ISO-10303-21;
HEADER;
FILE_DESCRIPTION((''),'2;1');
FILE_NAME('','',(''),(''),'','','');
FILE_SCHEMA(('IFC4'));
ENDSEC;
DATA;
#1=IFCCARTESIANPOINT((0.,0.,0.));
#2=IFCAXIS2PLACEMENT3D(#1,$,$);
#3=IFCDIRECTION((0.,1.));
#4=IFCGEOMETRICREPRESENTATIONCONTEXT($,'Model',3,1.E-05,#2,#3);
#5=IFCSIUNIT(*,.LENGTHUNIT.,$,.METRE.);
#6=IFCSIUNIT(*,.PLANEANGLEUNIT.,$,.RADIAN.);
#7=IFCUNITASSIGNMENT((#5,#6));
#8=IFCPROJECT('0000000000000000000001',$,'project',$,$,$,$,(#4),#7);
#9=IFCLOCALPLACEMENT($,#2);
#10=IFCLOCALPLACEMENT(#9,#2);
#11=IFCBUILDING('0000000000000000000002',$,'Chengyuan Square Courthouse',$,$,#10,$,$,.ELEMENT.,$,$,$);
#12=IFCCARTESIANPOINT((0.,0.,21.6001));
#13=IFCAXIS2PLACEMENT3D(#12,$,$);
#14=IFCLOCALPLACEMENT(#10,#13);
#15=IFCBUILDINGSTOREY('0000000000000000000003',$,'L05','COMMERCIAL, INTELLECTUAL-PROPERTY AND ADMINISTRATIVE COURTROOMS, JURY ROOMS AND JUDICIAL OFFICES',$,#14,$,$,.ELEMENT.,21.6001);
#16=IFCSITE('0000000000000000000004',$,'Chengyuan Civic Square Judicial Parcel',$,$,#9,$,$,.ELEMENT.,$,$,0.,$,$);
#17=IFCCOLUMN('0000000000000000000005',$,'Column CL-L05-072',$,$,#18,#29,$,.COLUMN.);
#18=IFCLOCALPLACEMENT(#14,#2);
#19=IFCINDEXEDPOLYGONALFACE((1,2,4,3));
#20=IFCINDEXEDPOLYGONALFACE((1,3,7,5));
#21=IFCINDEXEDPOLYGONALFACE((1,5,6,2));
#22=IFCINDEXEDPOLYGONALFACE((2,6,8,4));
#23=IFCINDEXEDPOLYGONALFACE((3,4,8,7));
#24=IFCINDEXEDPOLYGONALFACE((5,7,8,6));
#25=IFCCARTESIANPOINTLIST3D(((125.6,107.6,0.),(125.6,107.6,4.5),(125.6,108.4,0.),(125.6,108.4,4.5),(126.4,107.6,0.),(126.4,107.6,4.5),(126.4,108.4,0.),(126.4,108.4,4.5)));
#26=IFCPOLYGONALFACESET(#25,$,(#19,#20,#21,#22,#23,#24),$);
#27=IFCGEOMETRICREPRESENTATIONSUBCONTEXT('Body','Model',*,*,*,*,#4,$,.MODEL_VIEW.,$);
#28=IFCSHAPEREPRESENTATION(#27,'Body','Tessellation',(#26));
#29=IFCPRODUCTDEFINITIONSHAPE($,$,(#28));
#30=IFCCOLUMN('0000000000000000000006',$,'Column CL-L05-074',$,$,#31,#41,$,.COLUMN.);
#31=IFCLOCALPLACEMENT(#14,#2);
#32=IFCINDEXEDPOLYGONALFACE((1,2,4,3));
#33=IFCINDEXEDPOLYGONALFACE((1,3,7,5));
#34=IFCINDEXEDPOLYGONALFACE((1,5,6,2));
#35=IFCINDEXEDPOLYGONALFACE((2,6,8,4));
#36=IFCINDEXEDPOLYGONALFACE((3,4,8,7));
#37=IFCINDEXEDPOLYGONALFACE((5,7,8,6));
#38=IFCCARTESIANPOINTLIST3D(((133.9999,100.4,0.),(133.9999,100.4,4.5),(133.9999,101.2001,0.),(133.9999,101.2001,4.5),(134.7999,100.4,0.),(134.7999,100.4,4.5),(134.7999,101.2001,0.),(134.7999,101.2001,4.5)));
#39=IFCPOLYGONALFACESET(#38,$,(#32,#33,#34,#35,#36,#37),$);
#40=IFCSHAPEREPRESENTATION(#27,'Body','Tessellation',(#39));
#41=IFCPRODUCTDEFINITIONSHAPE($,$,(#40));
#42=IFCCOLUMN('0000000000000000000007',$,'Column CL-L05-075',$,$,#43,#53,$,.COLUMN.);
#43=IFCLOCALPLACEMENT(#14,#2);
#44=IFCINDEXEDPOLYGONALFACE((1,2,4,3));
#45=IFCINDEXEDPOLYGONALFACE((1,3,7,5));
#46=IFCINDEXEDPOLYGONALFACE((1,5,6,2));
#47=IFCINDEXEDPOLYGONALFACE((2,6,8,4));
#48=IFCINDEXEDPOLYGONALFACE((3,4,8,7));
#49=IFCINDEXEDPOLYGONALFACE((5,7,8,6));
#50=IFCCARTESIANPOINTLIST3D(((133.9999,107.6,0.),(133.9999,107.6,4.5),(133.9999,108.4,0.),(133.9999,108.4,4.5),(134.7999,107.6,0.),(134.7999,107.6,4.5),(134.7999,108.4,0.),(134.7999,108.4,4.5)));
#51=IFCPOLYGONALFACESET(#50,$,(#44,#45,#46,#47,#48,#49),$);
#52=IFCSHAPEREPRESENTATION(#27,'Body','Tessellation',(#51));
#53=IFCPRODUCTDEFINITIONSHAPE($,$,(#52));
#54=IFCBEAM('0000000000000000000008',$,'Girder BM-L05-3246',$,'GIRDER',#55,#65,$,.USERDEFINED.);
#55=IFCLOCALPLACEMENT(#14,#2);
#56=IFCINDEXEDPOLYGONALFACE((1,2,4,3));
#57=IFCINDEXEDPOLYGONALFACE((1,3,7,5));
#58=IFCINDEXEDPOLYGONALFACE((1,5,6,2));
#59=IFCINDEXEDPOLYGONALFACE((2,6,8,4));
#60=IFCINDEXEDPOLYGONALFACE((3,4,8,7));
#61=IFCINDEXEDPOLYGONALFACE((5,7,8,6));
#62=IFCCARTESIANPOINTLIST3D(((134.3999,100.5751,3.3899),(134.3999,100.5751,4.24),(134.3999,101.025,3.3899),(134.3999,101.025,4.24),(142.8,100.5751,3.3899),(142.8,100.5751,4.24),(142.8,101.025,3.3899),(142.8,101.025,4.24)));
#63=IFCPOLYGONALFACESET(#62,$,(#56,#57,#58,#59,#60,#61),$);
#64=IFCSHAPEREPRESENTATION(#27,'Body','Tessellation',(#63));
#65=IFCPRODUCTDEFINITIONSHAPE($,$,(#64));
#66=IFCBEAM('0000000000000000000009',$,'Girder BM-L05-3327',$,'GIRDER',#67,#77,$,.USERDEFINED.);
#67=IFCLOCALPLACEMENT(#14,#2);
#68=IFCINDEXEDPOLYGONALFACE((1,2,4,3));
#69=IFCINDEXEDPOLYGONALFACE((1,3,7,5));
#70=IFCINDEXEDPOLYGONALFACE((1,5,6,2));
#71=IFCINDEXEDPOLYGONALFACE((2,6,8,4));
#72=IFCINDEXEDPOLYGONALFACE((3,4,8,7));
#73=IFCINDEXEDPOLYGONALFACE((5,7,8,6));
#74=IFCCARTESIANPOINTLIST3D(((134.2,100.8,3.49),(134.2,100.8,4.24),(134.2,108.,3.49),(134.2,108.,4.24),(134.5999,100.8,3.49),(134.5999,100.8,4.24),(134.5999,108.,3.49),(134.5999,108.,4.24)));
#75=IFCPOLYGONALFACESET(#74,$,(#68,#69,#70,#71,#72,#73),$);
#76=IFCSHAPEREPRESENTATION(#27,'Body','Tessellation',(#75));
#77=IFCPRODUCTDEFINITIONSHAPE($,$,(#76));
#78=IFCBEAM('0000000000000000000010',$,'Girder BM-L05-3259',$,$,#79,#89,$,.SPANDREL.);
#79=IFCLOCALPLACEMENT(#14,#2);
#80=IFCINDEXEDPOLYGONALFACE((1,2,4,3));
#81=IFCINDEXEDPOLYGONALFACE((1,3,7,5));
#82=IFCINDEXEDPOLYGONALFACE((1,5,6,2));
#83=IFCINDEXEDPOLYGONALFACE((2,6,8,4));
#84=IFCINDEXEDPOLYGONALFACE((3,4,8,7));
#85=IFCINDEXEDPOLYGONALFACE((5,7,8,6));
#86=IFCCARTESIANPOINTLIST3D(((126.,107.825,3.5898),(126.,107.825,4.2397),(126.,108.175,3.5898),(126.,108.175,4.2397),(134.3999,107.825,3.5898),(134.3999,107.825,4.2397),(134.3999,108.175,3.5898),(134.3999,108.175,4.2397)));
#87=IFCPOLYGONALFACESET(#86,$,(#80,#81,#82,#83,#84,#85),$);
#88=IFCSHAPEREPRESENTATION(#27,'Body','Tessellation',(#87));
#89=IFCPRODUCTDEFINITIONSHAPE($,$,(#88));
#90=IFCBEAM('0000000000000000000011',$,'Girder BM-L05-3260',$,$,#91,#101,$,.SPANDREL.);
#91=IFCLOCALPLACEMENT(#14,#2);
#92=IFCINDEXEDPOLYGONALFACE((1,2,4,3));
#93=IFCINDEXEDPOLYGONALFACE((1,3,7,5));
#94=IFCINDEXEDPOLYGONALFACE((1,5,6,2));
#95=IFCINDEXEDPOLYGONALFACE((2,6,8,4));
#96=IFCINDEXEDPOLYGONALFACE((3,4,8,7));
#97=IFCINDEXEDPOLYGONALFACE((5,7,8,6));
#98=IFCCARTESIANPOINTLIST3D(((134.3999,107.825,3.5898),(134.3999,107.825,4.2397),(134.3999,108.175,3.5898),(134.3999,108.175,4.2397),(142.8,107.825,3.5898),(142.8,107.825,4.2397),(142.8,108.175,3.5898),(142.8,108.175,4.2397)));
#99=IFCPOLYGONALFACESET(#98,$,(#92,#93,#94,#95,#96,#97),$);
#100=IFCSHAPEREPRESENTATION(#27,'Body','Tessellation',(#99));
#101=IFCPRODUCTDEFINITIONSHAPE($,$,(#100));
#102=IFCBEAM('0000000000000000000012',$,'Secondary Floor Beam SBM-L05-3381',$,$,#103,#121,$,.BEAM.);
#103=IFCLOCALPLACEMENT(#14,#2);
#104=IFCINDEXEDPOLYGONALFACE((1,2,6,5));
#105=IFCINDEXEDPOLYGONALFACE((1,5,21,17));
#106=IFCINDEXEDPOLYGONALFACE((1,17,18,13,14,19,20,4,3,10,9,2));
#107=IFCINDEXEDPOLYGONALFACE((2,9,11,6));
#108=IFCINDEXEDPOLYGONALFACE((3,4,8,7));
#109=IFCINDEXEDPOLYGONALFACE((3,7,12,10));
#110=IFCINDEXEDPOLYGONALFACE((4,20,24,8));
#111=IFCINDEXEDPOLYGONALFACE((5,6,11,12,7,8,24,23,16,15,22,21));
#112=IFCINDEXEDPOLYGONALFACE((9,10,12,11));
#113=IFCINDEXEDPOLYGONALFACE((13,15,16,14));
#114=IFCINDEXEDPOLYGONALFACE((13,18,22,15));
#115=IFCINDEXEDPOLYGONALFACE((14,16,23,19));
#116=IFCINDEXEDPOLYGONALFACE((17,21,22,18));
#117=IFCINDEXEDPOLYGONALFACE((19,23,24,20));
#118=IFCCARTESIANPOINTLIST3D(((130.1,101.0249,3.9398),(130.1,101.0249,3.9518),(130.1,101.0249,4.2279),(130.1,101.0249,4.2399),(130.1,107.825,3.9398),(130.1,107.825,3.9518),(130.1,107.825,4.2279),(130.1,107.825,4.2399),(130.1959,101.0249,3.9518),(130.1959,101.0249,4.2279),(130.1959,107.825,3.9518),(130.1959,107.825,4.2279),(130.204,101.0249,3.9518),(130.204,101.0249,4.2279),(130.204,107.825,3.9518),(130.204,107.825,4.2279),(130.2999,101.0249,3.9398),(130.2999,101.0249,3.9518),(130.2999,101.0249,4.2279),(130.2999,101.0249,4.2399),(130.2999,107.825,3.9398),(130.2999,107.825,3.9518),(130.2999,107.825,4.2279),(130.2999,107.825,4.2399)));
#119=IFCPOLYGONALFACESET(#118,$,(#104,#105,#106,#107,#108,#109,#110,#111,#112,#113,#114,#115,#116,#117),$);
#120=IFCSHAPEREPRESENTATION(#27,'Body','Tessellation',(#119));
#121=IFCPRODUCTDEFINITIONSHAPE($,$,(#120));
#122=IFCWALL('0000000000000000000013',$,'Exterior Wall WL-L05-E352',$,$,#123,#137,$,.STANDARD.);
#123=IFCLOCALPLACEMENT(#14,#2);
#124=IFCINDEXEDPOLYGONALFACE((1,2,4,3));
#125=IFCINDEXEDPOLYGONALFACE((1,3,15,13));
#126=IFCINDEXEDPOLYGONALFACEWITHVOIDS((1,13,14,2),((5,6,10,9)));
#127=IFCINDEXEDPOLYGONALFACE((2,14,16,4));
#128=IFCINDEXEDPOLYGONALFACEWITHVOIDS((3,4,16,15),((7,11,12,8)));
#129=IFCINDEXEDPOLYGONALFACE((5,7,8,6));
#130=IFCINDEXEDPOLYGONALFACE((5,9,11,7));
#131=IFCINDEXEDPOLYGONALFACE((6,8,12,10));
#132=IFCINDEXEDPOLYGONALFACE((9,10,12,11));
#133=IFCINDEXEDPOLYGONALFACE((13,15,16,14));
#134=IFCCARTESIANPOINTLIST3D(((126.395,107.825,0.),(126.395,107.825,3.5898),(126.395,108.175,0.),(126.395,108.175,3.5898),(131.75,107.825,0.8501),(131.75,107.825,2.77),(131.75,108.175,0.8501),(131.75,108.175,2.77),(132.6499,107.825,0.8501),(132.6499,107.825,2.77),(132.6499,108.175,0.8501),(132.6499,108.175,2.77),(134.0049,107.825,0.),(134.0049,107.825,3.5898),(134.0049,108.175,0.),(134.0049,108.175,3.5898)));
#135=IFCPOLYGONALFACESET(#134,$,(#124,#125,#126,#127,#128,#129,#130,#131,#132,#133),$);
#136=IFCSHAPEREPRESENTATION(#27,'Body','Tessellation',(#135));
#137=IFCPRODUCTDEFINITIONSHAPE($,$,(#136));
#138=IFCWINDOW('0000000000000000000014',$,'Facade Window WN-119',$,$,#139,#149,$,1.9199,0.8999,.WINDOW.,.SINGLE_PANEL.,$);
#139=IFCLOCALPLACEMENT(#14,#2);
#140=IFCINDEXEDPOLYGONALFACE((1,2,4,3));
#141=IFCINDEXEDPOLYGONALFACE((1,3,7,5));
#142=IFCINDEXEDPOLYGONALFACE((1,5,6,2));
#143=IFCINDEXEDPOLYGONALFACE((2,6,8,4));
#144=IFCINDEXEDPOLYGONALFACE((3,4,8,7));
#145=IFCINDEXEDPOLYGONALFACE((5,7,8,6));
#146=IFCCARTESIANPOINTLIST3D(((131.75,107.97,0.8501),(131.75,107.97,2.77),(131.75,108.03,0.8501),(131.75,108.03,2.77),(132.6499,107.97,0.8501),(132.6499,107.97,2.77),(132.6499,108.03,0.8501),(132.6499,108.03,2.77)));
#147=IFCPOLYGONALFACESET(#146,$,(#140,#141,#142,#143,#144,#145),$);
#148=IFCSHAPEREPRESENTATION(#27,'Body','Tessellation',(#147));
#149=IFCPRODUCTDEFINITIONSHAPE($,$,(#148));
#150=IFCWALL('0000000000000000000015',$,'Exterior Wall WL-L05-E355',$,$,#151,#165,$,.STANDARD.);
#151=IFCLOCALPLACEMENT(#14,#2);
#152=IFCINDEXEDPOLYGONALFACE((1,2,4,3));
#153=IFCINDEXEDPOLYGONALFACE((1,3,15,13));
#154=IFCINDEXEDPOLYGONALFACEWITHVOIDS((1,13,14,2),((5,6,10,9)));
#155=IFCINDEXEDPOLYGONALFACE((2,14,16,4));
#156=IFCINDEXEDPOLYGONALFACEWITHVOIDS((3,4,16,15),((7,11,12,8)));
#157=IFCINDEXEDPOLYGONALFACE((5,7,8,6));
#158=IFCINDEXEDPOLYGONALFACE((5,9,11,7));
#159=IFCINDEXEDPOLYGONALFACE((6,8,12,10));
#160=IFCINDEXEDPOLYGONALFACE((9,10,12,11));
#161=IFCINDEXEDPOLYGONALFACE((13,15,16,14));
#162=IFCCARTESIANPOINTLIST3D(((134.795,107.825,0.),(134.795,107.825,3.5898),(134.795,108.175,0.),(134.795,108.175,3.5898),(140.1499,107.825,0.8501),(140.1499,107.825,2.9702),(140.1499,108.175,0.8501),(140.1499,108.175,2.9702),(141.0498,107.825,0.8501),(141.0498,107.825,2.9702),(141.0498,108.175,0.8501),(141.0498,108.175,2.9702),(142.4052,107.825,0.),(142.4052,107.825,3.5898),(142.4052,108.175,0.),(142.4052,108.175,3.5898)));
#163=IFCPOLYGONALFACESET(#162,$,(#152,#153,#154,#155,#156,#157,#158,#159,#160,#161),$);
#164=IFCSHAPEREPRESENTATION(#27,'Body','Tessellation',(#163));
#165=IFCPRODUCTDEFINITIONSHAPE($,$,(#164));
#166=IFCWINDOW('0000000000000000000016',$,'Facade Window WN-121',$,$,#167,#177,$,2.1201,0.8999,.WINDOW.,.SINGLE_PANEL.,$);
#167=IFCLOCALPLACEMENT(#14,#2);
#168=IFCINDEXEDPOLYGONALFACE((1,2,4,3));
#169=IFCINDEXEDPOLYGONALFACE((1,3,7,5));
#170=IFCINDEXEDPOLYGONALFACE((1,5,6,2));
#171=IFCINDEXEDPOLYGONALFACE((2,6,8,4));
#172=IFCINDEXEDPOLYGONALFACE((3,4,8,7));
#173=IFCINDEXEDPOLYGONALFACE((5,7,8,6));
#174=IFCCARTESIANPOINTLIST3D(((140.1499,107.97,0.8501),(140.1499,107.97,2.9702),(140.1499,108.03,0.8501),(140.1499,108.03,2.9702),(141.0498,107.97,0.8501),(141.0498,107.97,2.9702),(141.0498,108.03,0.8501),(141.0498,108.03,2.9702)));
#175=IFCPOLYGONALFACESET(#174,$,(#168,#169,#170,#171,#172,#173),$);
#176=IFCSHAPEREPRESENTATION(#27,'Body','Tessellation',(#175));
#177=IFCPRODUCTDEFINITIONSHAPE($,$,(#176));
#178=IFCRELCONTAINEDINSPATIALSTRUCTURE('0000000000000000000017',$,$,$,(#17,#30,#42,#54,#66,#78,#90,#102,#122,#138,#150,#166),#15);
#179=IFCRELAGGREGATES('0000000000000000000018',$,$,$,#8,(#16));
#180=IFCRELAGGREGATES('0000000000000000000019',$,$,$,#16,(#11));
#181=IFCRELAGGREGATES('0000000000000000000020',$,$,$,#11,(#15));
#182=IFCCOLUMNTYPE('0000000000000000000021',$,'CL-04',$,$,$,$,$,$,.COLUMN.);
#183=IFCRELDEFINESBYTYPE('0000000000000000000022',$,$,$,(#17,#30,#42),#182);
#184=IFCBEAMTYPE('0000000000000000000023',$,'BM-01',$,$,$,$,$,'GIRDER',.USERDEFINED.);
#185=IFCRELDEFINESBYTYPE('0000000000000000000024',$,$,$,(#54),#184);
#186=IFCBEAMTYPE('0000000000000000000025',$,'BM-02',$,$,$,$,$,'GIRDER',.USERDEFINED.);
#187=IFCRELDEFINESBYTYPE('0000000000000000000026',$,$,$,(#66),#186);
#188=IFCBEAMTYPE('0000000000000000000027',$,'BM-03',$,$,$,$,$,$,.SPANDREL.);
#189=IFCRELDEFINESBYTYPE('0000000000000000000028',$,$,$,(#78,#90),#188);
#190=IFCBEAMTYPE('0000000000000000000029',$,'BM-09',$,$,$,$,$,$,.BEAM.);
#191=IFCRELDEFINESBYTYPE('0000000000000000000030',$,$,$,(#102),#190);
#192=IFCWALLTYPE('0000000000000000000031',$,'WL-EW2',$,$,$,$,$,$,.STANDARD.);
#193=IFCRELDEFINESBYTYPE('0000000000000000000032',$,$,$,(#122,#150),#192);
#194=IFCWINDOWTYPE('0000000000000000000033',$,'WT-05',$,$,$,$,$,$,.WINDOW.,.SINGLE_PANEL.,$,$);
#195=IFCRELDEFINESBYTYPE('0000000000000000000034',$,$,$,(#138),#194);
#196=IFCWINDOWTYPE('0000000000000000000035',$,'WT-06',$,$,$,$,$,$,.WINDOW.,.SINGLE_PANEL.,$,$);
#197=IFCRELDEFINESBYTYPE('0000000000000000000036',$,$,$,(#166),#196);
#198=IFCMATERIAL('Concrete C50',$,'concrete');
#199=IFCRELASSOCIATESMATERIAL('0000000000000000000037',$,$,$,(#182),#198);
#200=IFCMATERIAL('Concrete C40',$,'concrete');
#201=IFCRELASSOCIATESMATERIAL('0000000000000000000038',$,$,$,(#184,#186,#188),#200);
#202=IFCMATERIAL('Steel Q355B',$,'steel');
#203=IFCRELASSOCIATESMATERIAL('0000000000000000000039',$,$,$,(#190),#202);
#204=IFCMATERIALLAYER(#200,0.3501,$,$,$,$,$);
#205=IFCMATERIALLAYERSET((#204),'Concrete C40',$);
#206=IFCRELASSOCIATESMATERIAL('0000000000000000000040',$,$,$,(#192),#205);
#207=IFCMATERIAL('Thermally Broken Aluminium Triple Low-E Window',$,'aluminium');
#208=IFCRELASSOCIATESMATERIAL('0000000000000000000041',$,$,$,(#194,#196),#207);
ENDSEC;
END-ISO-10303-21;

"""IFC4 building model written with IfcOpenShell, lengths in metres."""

from ifc_helpers import new_model, si_unit, direction, frame, frame_2d, origin, origin_2d, place, context, subcontext, project, spatial, rectangle, i_section, extrude, material, layer, layer_set, material_profile, profile_set, type_object, element, fill, save


model = new_model("IFC4")

# Units and contexts
model_context = context("Model", 3, precision=1e-05, world=origin(), true_north=direction((0.0, 1.0)))
body_context = subcontext(model_context, "Body", "Model", "MODEL_VIEW")
ifc_project = project(units=[si_unit("LENGTHUNIT", "METRE"), si_unit("PLANEANGLEUNIT", "RADIAN")], contexts=[model_context])

# Site, building, storey
site_placement = place(None, origin())
site = spatial("IfcSite", under=ifc_project, at=site_placement, Name="Chengyuan Civic Square Judicial Parcel", CompositionType="ELEMENT", RefElevation=0.0)
building_placement = place(site_placement, origin())
building = spatial("IfcBuilding", under=site, at=building_placement, Name="Chengyuan Square Courthouse", CompositionType="ELEMENT")
storey_placement = place(building_placement, frame((0.0, 0.0, 21.6001)))
storey = spatial("IfcBuildingStorey", under=building, at=storey_placement, Name="L05", Description="COMMERCIAL, INTELLECTUAL-PROPERTY AND ADMINISTRATIVE COURTROOMS, JURY ROOMS AND JUDICIAL OFFICES", CompositionType="ELEMENT", Elevation=21.6001)

# Columns
ifc_material_1 = material(Name="Concrete C50", Category="concrete")
ifc_material_profile_1 = material_profile(ifc_material_1, rectangle(XDim=0.8, YDim=0.8, at=origin_2d()), Name="RC-COL-800x800")
ifc_profile_set_1 = profile_set([ifc_material_profile_1], Name="Concrete C50")
column_type = type_object("IfcColumnType", Name="CL-04", PredefinedType="COLUMN", material=ifc_profile_set_1)
for number, where, z_axis, x_axis, name in (
    (1, (126.0, 108.0, 0.0), (0.0, 0.0, 1.0), (1.0, 0.0, 0.0), "Column CL-L05-072"),
    (2, (134.3999, 100.8, 0.0), (0.0, 0.0, 1.0), (1.0, 0.0, 0.0), "Column CL-L05-074"),
    (3, (134.3999, 108.0, 0.0), (0.0, 0.0, 1.0), (1.0, 0.0, 0.0), "Column CL-L05-075"),
):
    element("IfcColumn", number, at=place(storey_placement, frame(where, z_axis=z_axis, x_axis=x_axis)), inside=storey, type_object=column_type, Name=name, PredefinedType="COLUMN", context=body_context, shape_type="SweptSolid", body=[
        extrude(rectangle(XDim=0.8, YDim=0.8, at=origin_2d()), origin(), (0.0, 0.0, 1.0), 4.5),
    ])

# Beams
ifc_material_2 = material(Name="Concrete C40", Category="concrete")
ifc_material_profile_2 = material_profile(ifc_material_2, rectangle(XDim=0.45, YDim=0.8501, at=origin_2d()), Name="RC-BM-450x850")
ifc_profile_set_2 = profile_set([ifc_material_profile_2], Name="Concrete C40")
beam_type_1 = type_object("IfcBeamType", Name="BM-01", ElementType="GIRDER", PredefinedType="USERDEFINED", material=ifc_profile_set_2)
beam_1_placement = place(storey_placement, frame((134.3999, 100.8, 3.8149), z_axis=(1.0, 0.0, 0.0), x_axis=(0.0, 1.0, 0.0)))
element("IfcBeam", 4, at=beam_1_placement, inside=storey, type_object=beam_type_1, Name="Girder BM-L05-3246", ObjectType="GIRDER", PredefinedType="USERDEFINED", context=body_context, shape_type="SweptSolid", body=[
    extrude(rectangle(XDim=0.45, YDim=0.8501, at=origin_2d()), origin(), (0.0, 0.0, 1.0), 8.4001),
])
ifc_material_profile_3 = material_profile(ifc_material_2, rectangle(XDim=0.3999, YDim=0.75, at=origin_2d()), Name="RC-BM-400x750")
ifc_profile_set_3 = profile_set([ifc_material_profile_3], Name="Concrete C40")
beam_type_2 = type_object("IfcBeamType", Name="BM-02", ElementType="GIRDER", PredefinedType="USERDEFINED", material=ifc_profile_set_3)
beam_2_placement = place(storey_placement, frame((134.3999, 100.8, 3.865), z_axis=(0.0, 1.0, 0.0), x_axis=(-1.0, 0.0, 0.0)))
element("IfcBeam", 5, at=beam_2_placement, inside=storey, type_object=beam_type_2, Name="Girder BM-L05-3327", ObjectType="GIRDER", PredefinedType="USERDEFINED", context=body_context, shape_type="SweptSolid", body=[
    extrude(rectangle(XDim=0.3999, YDim=0.75, at=origin_2d()), origin(), (0.0, 0.0, 1.0), 7.2),
])
ifc_material_profile_4 = material_profile(ifc_material_2, rectangle(XDim=0.3501, YDim=0.6499, at=origin_2d()), Name="RC-BM-350x650")
ifc_profile_set_4 = profile_set([ifc_material_profile_4], Name="Concrete C40")
beam_type_3 = type_object("IfcBeamType", Name="BM-03", PredefinedType="SPANDREL", material=ifc_profile_set_4)
beam_3_placement = place(storey_placement, frame((126.0, 108.0, 3.9148), z_axis=(1.0, 0.0, 0.0), x_axis=(0.0, 1.0, 0.0)))
element("IfcBeam", 6, at=beam_3_placement, inside=storey, type_object=beam_type_3, Name="Girder BM-L05-3259", PredefinedType="SPANDREL", context=body_context, shape_type="SweptSolid", body=[
    extrude(rectangle(XDim=0.3501, YDim=0.6499, at=origin_2d()), origin(), (0.0, 0.0, 1.0), 8.3999),
])
beam_4_placement = place(storey_placement, frame((134.3999, 108.0, 3.9148), z_axis=(1.0, 0.0, 0.0), x_axis=(0.0, 1.0, 0.0)))
element("IfcBeam", 7, at=beam_4_placement, inside=storey, type_object=beam_type_3, Name="Girder BM-L05-3260", PredefinedType="SPANDREL", context=body_context, shape_type="SweptSolid", body=[
    extrude(rectangle(XDim=0.3501, YDim=0.6499, at=origin_2d()), origin(), (0.0, 0.0, 1.0), 8.4001),
])
ifc_material_3 = material(Name="Steel Q355B", Category="steel")
ifc_material_profile_5 = material_profile(ifc_material_3, i_section(OverallWidth=0.2, OverallDepth=0.3, WebThickness=0.0081, FlangeThickness=0.012, at=origin_2d()), Name="HM 300x200x8x12")
ifc_profile_set_5 = profile_set([ifc_material_profile_5], Name="Steel Q355B")
beam_type_4 = type_object("IfcBeamType", Name="BM-09", PredefinedType="BEAM", material=ifc_profile_set_5)
beam_5_placement = place(storey_placement, frame((130.2, 101.0249, 4.0898), z_axis=(0.0, 1.0, 0.0), x_axis=(-1.0, 0.0, 0.0)))
element("IfcBeam", 8, at=beam_5_placement, inside=storey, type_object=beam_type_4, Name="Secondary Floor Beam SBM-L05-3381", PredefinedType="BEAM", context=body_context, shape_type="SweptSolid", body=[
    extrude(i_section(OverallWidth=0.2, OverallDepth=0.3, WebThickness=0.0081, FlangeThickness=0.012, at=origin_2d()), origin(), (0.0, 0.0, 1.0), 6.8),
])

# Walls, openings, windows
ifc_layer_1 = layer(ifc_material_2, 0.3501)
ifc_layer_set_1 = layer_set([ifc_layer_1], Name="Concrete C40")
wall_type_1 = type_object("IfcWallType", Name="WL-EW2", PredefinedType="STANDARD", material=ifc_layer_set_1)
wall_1_placement = place(storey_placement, frame((126.395, 108.0, 0.0), z_axis=(0.0, 0.0, 1.0), x_axis=(1.0, 0.0, 0.0)))
wall_1 = element("IfcWall", 9, at=wall_1_placement, inside=storey, type_object=wall_type_1, Name="Exterior Wall WL-L05-E352", PredefinedType="STANDARD", context=body_context, shape_type="SweptSolid", body=[
    extrude(rectangle(XDim=7.6099, YDim=0.3501, at=frame_2d((3.8049, 0.0))), origin(), (0.0, 0.0, 1.0), 3.5898),
])
opening_1_placement = place(wall_1_placement, frame((5.355, 0.0, 0.8501)))
opening_1 = element("IfcOpeningElement", 10, at=opening_1_placement, cuts=wall_1, PredefinedType="OPENING", context=body_context, shape_type="SweptSolid", body=[
    extrude(rectangle(XDim=0.8999, YDim=1.9199, at=frame_2d((0.45, 0.96))), frame((0.0, 0.187, 0.0), z_axis=(0.0, -1.0, 0.0), x_axis=(1.0, 0.0, 0.0)), (0.0, 0.0, 1.0), 0.374),
])
ifc_material_4 = material(Name="Thermally Broken Aluminium Triple Low-E Window", Category="aluminium")
window_type_1 = type_object("IfcWindowType", Name="WT-05", PartitioningType="SINGLE_PANEL", PredefinedType="WINDOW", material=ifc_material_4)
window_1_placement = place(opening_1_placement, origin())
window_1 = element("IfcWindow", 11, at=window_1_placement, inside=storey, type_object=window_type_1, Name="Facade Window WN-119", OverallHeight=1.9199, OverallWidth=0.8999, PartitioningType="SINGLE_PANEL", PredefinedType="WINDOW", context=body_context, shape_type="SweptSolid", body=[
    extrude(rectangle(XDim=0.8999, YDim=1.9199, at=frame_2d((0.45, 0.96))), frame((0.0, 0.03, 0.0), z_axis=(0.0, -1.0, 0.0), x_axis=(1.0, 0.0, 0.0)), (0.0, 0.0, 1.0), 0.0601),
])
fill(opening_1, window_1)
wall_2_placement = place(storey_placement, frame((134.7949, 108.0, 0.0), z_axis=(0.0, 0.0, 1.0), x_axis=(1.0, 0.0, 0.0)))
wall_2 = element("IfcWall", 12, at=wall_2_placement, inside=storey, type_object=wall_type_1, Name="Exterior Wall WL-L05-E355", PredefinedType="STANDARD", context=body_context, shape_type="SweptSolid", body=[
    extrude(rectangle(XDim=7.6101, YDim=0.3501, at=frame_2d((3.8052, 0.0))), origin(), (0.0, 0.0, 1.0), 3.5898),
])
opening_2_placement = place(wall_2_placement, frame((5.355, 0.0, 0.8501)))
opening_2 = element("IfcOpeningElement", 13, at=opening_2_placement, cuts=wall_2, PredefinedType="OPENING", context=body_context, shape_type="SweptSolid", body=[
    extrude(rectangle(XDim=0.8999, YDim=2.1201, at=frame_2d((0.45, 1.0601))), frame((0.0, 0.187, 0.0), z_axis=(0.0, -1.0, 0.0), x_axis=(1.0, 0.0, 0.0)), (0.0, 0.0, 1.0), 0.374),
])
window_type_2 = type_object("IfcWindowType", Name="WT-06", PartitioningType="SINGLE_PANEL", PredefinedType="WINDOW", material=ifc_material_4)
window_2_placement = place(opening_2_placement, origin())
window_2 = element("IfcWindow", 14, at=window_2_placement, inside=storey, type_object=window_type_2, Name="Facade Window WN-121", OverallHeight=2.1201, OverallWidth=0.8999, PartitioningType="SINGLE_PANEL", PredefinedType="WINDOW", context=body_context, shape_type="SweptSolid", body=[
    extrude(rectangle(XDim=0.8999, YDim=2.1201, at=frame_2d((0.45, 1.0601))), frame((0.0, 0.03, 0.0), z_axis=(0.0, -1.0, 0.0), x_axis=(1.0, 0.0, 0.0)), (0.0, 0.0, 1.0), 0.0601),
])
fill(opening_2, window_2)

save(model, "model.ifc")
